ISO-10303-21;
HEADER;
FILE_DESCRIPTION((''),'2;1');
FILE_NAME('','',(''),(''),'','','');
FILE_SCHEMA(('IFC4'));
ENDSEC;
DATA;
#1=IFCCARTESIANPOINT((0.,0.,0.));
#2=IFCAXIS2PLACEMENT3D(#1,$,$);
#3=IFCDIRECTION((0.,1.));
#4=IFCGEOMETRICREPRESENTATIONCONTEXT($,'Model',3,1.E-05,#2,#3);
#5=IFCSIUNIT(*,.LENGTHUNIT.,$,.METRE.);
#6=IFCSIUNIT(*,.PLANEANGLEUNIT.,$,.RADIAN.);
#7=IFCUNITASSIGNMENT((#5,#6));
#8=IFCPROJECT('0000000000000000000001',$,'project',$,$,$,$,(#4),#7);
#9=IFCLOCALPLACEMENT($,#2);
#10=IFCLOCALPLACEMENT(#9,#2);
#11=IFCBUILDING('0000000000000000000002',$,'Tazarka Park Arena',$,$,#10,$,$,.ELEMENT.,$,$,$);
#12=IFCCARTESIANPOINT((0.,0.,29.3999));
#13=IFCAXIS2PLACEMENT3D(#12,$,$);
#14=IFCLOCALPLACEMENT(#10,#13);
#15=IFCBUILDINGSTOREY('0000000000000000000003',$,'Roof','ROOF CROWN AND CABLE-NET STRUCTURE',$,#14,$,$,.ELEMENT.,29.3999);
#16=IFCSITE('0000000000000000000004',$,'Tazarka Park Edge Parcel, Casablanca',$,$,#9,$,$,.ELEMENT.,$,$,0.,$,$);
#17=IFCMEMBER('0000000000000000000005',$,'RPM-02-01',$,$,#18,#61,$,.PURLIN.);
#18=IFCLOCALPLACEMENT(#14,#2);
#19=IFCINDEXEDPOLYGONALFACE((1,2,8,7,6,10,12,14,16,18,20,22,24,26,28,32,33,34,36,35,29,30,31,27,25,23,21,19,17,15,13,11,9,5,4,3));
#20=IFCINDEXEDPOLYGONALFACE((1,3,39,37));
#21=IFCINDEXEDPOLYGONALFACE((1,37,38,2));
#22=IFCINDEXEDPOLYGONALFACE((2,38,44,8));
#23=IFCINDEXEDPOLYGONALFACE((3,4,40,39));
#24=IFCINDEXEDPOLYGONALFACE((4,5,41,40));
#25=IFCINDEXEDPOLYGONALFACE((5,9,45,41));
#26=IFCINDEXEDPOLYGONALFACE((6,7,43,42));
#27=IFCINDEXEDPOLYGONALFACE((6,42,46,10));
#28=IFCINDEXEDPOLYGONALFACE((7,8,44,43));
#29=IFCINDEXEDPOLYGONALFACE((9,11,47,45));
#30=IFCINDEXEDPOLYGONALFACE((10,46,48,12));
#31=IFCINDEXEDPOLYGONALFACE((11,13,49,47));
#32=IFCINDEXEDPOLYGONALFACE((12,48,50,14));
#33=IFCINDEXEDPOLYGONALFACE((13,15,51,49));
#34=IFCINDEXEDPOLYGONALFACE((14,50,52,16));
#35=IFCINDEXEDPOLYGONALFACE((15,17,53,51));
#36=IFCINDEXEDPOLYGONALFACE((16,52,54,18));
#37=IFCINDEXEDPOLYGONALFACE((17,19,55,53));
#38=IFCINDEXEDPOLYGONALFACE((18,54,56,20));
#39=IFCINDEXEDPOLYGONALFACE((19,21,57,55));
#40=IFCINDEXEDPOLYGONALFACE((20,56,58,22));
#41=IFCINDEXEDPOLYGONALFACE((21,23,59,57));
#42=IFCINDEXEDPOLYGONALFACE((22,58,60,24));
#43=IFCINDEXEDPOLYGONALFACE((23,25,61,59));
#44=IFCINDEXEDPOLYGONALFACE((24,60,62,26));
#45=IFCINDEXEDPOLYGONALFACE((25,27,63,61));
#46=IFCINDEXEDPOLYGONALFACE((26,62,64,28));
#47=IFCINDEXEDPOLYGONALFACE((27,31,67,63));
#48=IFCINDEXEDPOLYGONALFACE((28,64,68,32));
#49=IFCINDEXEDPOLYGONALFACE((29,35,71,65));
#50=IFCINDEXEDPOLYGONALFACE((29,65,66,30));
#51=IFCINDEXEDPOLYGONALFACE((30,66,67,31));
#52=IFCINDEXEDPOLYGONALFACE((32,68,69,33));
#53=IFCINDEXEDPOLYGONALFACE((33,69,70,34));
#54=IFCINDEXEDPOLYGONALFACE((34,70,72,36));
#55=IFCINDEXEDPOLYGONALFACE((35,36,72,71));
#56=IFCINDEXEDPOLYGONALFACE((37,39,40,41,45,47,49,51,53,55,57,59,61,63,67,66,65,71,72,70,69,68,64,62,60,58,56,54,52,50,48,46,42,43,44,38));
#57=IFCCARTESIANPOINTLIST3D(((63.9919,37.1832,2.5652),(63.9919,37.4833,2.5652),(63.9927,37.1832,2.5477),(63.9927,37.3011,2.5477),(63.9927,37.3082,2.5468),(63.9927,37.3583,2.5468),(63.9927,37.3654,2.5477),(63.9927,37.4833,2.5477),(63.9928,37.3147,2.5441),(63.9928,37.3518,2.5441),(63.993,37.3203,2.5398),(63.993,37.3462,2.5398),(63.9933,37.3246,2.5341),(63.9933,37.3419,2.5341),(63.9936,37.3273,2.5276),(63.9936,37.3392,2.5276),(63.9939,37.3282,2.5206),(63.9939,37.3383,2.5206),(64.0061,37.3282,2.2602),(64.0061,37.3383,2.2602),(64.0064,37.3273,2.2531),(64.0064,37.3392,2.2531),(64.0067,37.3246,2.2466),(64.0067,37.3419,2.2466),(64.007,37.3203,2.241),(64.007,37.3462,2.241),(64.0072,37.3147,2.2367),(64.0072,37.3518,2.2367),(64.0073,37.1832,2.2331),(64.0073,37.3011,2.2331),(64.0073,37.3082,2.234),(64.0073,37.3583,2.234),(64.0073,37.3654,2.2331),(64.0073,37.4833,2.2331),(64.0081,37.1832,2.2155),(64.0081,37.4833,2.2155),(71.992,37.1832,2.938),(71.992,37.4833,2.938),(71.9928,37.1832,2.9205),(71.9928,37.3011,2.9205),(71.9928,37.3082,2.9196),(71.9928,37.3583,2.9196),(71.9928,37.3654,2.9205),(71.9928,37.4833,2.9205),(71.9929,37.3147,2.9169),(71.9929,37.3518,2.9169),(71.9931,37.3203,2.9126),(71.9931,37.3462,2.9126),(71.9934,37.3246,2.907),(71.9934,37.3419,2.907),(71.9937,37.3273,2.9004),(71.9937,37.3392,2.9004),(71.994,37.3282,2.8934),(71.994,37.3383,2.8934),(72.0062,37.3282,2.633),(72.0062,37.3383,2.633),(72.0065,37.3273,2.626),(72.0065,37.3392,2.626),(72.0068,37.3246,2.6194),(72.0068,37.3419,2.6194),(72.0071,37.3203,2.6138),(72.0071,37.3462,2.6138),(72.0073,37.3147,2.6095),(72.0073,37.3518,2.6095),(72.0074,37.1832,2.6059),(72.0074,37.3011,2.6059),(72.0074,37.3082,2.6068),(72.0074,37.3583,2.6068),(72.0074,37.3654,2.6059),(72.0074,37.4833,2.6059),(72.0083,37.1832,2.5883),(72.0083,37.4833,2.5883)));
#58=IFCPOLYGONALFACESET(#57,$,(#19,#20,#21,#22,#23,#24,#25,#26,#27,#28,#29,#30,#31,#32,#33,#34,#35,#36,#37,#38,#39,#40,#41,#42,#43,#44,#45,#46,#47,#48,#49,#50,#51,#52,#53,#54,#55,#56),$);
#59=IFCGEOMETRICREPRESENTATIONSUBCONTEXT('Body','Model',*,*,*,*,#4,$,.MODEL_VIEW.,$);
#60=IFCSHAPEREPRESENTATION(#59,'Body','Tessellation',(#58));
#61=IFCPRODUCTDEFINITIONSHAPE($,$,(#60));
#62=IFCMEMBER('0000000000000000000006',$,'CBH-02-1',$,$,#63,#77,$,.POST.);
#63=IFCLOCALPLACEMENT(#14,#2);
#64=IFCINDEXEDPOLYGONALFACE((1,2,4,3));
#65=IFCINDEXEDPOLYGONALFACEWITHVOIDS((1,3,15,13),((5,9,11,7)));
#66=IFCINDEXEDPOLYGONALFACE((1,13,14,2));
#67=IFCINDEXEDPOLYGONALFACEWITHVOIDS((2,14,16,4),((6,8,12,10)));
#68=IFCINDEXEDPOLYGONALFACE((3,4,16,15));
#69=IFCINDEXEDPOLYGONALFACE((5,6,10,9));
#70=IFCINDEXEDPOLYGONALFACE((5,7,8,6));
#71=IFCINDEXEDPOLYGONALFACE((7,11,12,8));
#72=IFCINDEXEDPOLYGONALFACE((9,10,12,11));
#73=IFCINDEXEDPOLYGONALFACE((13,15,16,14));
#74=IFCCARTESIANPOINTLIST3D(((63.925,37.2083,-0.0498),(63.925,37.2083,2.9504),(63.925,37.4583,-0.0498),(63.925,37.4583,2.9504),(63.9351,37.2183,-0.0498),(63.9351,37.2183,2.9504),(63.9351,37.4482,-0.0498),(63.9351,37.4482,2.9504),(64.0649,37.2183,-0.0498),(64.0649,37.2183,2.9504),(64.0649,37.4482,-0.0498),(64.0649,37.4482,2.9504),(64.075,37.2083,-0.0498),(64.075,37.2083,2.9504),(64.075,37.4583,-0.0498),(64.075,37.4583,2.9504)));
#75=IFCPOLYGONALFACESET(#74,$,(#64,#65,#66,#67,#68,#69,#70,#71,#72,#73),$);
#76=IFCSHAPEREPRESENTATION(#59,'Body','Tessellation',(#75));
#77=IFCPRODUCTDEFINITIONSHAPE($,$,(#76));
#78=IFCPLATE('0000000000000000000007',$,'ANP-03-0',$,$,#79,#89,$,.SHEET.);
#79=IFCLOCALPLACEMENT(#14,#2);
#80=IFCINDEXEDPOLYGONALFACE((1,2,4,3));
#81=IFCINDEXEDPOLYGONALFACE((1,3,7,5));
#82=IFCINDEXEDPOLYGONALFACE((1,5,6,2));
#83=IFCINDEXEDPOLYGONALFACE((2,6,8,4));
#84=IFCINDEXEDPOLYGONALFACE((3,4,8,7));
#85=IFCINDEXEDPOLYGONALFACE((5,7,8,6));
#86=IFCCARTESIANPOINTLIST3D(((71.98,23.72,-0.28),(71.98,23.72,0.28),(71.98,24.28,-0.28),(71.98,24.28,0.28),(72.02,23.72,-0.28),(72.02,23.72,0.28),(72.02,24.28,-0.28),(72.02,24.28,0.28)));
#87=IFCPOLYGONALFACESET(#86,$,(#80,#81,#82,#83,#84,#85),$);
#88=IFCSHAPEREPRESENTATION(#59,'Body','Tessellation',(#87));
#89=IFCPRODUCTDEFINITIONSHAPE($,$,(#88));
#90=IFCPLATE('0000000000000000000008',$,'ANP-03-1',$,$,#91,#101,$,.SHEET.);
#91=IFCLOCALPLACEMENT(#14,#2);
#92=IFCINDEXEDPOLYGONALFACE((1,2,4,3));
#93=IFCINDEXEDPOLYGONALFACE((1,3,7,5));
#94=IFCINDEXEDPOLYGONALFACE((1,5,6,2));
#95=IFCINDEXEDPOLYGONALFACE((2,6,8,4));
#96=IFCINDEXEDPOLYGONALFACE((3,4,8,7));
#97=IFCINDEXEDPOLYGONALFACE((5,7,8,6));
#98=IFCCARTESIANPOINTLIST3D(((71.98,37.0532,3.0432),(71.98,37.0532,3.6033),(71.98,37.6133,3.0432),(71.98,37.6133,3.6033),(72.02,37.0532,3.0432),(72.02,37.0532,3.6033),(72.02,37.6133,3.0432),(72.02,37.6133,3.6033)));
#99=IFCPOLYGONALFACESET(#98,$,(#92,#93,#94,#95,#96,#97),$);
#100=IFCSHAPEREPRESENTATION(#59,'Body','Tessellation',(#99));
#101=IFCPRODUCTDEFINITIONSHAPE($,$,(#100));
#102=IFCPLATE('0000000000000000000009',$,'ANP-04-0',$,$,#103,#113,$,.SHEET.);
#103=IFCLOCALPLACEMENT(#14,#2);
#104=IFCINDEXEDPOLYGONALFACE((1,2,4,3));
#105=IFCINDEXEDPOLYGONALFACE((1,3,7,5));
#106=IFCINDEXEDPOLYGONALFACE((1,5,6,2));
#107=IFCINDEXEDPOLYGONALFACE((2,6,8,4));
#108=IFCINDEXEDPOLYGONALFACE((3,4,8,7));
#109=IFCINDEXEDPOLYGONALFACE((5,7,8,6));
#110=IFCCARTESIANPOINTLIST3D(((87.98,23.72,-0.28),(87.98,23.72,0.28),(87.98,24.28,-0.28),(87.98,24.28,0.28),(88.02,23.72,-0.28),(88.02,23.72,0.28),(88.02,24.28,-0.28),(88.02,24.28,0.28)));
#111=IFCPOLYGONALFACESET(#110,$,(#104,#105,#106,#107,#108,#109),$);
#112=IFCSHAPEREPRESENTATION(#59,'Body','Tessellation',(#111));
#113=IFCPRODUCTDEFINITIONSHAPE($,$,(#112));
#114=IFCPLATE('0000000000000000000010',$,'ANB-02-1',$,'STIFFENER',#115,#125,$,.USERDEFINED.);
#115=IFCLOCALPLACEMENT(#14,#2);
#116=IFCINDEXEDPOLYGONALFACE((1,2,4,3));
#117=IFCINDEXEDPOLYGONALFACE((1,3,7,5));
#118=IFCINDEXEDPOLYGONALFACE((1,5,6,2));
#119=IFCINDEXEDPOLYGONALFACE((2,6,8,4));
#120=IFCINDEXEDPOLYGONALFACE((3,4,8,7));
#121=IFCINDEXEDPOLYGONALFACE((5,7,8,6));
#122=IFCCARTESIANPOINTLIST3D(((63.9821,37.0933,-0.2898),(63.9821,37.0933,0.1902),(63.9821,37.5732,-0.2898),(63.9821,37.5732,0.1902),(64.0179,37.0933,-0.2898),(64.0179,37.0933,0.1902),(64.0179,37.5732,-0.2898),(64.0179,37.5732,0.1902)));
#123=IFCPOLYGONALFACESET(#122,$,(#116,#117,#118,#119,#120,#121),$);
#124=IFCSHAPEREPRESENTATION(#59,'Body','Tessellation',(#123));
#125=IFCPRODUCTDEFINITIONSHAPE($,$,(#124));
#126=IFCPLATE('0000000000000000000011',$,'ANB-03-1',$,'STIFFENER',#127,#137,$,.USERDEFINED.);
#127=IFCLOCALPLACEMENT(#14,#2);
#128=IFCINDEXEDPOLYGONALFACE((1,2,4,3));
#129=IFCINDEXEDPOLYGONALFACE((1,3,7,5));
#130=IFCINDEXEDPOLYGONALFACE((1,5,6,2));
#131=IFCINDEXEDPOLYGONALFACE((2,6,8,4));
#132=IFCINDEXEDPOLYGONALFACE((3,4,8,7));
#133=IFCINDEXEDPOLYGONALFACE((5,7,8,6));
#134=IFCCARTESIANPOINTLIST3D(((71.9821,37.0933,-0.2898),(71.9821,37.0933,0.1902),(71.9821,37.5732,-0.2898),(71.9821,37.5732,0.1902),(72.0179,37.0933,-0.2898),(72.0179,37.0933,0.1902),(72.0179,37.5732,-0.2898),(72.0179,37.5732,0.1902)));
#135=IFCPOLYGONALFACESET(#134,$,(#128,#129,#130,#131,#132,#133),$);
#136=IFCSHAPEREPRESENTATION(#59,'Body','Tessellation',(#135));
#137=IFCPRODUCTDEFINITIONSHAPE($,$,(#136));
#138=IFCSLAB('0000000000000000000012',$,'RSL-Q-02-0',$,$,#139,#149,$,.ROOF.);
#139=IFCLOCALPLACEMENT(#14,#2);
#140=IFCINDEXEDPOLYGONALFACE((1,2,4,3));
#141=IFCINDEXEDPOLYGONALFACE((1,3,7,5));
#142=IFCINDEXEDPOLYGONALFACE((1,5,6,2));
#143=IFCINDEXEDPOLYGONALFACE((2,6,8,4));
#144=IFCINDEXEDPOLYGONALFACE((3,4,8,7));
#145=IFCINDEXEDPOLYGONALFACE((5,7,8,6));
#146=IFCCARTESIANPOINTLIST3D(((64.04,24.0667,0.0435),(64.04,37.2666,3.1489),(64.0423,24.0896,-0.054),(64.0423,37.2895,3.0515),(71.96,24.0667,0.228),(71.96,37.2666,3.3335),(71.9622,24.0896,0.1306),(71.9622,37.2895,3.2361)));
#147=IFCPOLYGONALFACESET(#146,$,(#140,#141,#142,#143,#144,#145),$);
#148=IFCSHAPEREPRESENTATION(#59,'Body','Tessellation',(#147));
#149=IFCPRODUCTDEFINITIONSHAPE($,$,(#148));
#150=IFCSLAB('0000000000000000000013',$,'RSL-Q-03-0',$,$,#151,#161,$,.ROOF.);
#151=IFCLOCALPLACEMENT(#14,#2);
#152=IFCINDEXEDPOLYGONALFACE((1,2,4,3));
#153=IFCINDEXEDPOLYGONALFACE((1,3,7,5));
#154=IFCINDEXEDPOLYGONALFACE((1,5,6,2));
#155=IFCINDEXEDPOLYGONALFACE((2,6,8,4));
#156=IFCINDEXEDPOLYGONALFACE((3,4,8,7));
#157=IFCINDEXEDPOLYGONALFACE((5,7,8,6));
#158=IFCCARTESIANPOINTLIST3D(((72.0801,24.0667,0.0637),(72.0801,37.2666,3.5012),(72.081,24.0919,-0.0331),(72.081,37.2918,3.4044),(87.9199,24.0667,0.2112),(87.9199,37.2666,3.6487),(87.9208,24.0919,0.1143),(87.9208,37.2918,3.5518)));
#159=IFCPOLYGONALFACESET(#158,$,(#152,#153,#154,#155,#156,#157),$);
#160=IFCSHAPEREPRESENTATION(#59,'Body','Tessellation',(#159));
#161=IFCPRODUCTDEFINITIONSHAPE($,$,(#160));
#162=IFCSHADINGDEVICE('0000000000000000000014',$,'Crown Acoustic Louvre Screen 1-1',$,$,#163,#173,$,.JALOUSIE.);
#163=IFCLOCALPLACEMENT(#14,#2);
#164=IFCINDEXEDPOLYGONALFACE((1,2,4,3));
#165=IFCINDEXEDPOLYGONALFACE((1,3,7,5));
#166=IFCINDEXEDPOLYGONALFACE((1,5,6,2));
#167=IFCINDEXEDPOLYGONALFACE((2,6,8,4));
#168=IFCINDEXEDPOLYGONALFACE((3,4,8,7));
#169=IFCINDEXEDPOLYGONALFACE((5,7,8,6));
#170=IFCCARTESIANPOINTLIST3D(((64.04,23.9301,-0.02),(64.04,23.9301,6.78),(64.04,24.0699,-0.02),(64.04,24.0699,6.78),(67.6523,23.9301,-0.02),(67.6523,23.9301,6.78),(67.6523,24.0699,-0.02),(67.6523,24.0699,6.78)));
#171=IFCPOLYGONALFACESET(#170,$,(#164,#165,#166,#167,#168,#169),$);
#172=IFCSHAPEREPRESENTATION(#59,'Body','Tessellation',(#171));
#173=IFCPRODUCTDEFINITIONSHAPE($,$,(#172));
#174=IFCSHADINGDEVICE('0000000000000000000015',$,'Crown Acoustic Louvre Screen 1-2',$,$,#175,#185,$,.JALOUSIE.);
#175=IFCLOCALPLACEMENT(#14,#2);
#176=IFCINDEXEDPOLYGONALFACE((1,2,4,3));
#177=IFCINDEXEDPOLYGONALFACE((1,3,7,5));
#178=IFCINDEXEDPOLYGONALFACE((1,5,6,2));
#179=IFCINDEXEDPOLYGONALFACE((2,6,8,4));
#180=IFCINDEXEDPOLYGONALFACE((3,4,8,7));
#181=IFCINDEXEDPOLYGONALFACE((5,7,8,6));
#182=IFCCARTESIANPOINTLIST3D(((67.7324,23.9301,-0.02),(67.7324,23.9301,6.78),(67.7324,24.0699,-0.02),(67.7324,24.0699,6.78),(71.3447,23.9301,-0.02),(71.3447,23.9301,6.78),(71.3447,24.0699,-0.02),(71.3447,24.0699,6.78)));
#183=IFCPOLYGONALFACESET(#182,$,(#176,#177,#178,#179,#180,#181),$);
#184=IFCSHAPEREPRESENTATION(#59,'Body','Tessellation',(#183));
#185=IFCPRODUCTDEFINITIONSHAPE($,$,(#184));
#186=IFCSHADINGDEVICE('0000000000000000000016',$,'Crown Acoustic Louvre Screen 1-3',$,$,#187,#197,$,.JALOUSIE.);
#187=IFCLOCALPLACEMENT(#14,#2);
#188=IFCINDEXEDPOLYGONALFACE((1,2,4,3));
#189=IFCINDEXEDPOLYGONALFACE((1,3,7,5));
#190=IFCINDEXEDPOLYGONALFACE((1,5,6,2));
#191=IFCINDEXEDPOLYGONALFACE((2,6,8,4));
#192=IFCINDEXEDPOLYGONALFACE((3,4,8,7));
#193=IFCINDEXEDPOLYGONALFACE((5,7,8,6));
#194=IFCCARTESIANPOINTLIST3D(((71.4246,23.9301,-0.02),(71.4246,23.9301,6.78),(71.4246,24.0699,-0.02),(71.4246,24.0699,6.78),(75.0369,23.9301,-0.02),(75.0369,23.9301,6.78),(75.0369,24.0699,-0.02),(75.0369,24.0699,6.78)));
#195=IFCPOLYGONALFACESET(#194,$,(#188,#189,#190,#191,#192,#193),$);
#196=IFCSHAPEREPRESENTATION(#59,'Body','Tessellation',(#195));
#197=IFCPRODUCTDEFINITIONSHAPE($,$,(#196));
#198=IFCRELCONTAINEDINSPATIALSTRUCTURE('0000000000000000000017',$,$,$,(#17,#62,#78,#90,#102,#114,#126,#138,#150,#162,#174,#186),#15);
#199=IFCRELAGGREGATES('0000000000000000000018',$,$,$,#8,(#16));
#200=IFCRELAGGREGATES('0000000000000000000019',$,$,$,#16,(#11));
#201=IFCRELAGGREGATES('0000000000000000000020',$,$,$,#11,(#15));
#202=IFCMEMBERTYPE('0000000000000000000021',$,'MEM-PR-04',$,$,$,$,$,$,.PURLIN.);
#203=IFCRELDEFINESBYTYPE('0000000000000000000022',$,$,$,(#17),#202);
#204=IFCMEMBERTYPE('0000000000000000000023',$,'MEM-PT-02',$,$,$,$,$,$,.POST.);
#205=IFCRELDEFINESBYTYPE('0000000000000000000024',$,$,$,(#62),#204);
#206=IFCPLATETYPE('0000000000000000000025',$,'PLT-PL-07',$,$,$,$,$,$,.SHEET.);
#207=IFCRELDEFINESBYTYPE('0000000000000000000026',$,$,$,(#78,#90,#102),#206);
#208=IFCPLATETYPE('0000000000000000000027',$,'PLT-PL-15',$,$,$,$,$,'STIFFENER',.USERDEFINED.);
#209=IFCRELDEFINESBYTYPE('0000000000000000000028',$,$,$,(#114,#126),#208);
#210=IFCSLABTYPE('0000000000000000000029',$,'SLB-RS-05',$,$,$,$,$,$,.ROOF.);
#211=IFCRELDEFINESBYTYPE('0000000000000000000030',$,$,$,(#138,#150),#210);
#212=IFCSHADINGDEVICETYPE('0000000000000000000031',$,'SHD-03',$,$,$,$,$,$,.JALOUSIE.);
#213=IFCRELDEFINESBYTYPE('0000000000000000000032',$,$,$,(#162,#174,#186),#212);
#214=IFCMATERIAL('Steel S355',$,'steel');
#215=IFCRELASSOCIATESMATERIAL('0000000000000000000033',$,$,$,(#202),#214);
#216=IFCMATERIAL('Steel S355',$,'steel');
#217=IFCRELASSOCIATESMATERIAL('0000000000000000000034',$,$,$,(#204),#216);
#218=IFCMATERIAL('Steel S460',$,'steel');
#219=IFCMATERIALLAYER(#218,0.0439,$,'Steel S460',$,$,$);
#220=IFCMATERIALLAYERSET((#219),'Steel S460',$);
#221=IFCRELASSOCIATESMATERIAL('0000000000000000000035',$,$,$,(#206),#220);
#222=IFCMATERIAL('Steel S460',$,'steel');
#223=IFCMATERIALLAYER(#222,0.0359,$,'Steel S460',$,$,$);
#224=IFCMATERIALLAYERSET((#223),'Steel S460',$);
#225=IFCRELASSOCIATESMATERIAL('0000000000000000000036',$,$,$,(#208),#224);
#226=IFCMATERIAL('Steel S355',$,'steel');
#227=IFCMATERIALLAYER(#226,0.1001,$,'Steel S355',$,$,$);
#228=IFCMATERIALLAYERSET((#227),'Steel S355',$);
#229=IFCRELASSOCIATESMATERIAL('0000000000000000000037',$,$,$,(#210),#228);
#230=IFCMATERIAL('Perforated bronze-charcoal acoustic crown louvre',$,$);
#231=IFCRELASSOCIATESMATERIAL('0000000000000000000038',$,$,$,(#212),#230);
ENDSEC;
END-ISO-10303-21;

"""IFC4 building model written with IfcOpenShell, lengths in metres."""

from ifc_helpers import new_model, si_unit, direction, frame, origin, origin_2d, place, context, subcontext, project, spatial, polyline, rectangle, hollow_rectangle, i_section, outline, extrude, material, layer, layer_set, material_profile, profile_set, type_object, element, save


model = new_model("IFC4")

# Units and contexts
model_context = context("Model", 3, precision=1e-05, world=origin(), true_north=direction((0.0, 1.0)))
body_context = subcontext(model_context, "Body", "Model", "MODEL_VIEW")
ifc_project = project(units=[si_unit("LENGTHUNIT", "METRE"), si_unit("PLANEANGLEUNIT", "RADIAN")], contexts=[model_context])

# Site, building, storey
site_placement = place(None, origin())
site = spatial("IfcSite", under=ifc_project, at=site_placement, Name="Tazarka Park Edge Parcel, Casablanca", CompositionType="ELEMENT", RefElevation=0.0)
building_placement = place(site_placement, origin())
building = spatial("IfcBuilding", under=site, at=building_placement, Name="Tazarka Park Arena", CompositionType="ELEMENT")
storey_placement = place(building_placement, frame((0.0, 0.0, 29.3999)))
storey = spatial("IfcBuildingStorey", under=building, at=storey_placement, Name="Roof", Description="ROOF CROWN AND CABLE-NET STRUCTURE", CompositionType="ELEMENT", Elevation=29.3999)

# Members
ifc_material_1 = material(Name="Steel S355", Category="steel")
ifc_material_profile_1 = material_profile(ifc_material_1, i_section(OverallWidth=0.3, OverallDepth=0.3501, WebThickness=0.01, FlangeThickness=0.0176, FilletRadius=0.0271, at=origin_2d()), Name="Steel S355")
ifc_profile_set_1 = profile_set([ifc_material_profile_1], Name="Steel S355")
member_type_1 = type_object("IfcMemberType", Name="MEM-PR-04", PredefinedType="PURLIN", material=ifc_profile_set_1)
member_1_placement = place(storey_placement, frame((64.0, 37.3333, 2.3904), z_axis=(0.998916, 0.0, 0.04655), x_axis=(0.0, 1.0, 0.0)))
element("IfcMember", 1, at=member_1_placement, inside=storey, type_object=member_type_1, Name="RPM-02-01", PredefinedType="PURLIN", context=body_context, shape_type="SweptSolid", body=[
    extrude(i_section(OverallWidth=0.3, OverallDepth=0.3501, WebThickness=0.01, FlangeThickness=0.0176, FilletRadius=0.0271, at=origin_2d()), origin(), (0.0, 0.0, 1.0), 8.0088),
])
ifc_material_2 = material(Name="Steel S355", Category="steel")
ifc_material_profile_2 = material_profile(ifc_material_2, hollow_rectangle(XDim=0.1499, YDim=0.25, WallThickness=0.01, at=origin_2d()), Name="Steel S355")
ifc_profile_set_2 = profile_set([ifc_material_profile_2], Name="Steel S355")
member_type_2 = type_object("IfcMemberType", Name="MEM-PT-02", PredefinedType="POST", material=ifc_profile_set_2)
member_2_placement = place(storey_placement, frame((64.0, 37.3333, -0.0498), z_axis=(0.0, 0.0, 1.0), x_axis=(1.0, 0.0, 0.0)))
element("IfcMember", 2, at=member_2_placement, inside=storey, type_object=member_type_2, Name="CBH-02-1", PredefinedType="POST", context=body_context, shape_type="SweptSolid", body=[
    extrude(hollow_rectangle(XDim=0.1499, YDim=0.25, WallThickness=0.01, at=origin_2d()), origin(), (0.0, 0.0, 1.0), 3.0002),
])

# Plates
ifc_material_3 = material(Name="Steel S460", Category="steel")
ifc_layer_1 = layer(ifc_material_3, 0.0439, Name="Steel S460")
ifc_layer_set_1 = layer_set([ifc_layer_1], Name="Steel S460")
plate_type_1 = type_object("IfcPlateType", Name="PLT-PL-07", PredefinedType="SHEET", material=ifc_layer_set_1)
for number, where, z_axis, x_axis, name in (
    (3, (72.0, 24.0, -0.28), (0.0, 0.0, 1.0), (1.0, 0.0, 0.0), "ANP-03-0"),
    (4, (72.0, 37.3333, 3.0432), (0.0, 0.0, 1.0), (1.0, 0.0, 0.0), "ANP-03-1"),
    (5, (88.0, 24.0, -0.28), (0.0, 0.0, 1.0), (1.0, 0.0, 0.0), "ANP-04-0"),
):
    element("IfcPlate", number, at=place(storey_placement, frame(where, z_axis=z_axis, x_axis=x_axis)), inside=storey, type_object=plate_type_1, Name=name, PredefinedType="SHEET", context=body_context, shape_type="SweptSolid", body=[
        extrude(rectangle(XDim=0.04, YDim=0.5601, at=origin_2d()), origin(), (0.0, 0.0, 1.0), 0.5601),
    ])
ifc_material_4 = material(Name="Steel S460", Category="steel")
ifc_layer_2 = layer(ifc_material_4, 0.0359, Name="Steel S460")
ifc_layer_set_2 = layer_set([ifc_layer_2], Name="Steel S460")
plate_type_2 = type_object("IfcPlateType", Name="PLT-PL-15", ElementType="STIFFENER", PredefinedType="USERDEFINED", material=ifc_layer_set_2)
for number, where, z_axis, x_axis, name in (
    (6, (64.0, 37.3333, -0.2898), (0.0, 0.0, 1.0), (1.0, 0.0, 0.0), "ANB-02-1"),
    (7, (72.0, 37.3333, -0.2898), (0.0, 0.0, 1.0), (1.0, 0.0, 0.0), "ANB-03-1"),
):
    element("IfcPlate", number, at=place(storey_placement, frame(where, z_axis=z_axis, x_axis=x_axis)), inside=storey, type_object=plate_type_2, Name=name, ObjectType="STIFFENER", PredefinedType="USERDEFINED", context=body_context, shape_type="SweptSolid", body=[
        extrude(rectangle(XDim=0.0359, YDim=0.48, at=origin_2d()), origin(), (0.0, 0.0, 1.0), 0.48),
    ])

# Slabs
ifc_material_5 = material(Name="Steel S355", Category="steel")
ifc_layer_3 = layer(ifc_material_5, 0.1001, Name="Steel S355")
ifc_layer_set_3 = layer_set([ifc_layer_3], Name="Steel S355")
slab_type = type_object("IfcSlabType", Name="SLB-RS-05", PredefinedType="ROOF", material=ifc_layer_set_3)
slab_1_placement = place(storey_placement, frame((64.04, 24.0667, 0.0435), z_axis=(-0.022679, -0.228952, 0.973173), x_axis=(0.999729, 0.0, 0.023298)))
element("IfcSlab", 8, at=slab_1_placement, inside=storey, type_object=slab_type, Name="RSL-Q-02-0", PredefinedType="ROOF", context=body_context, shape_type="SweptSolid", body=[
    extrude(outline(polyline([(0.0, 0.0), (7.9221, 0.0), (7.9944, 13.5601), (0.0724, 13.5601), (0.0, 0.0)])), origin(), (0.0, 0.0, -1.0), 0.1001),
])
slab_2_placement = place(storey_placement, frame((72.0801, 24.0667, 0.0637), z_axis=(-0.009009, -0.252002, 0.967685), x_axis=(0.999957, 0.0, 0.009309)))
element("IfcSlab", 9, at=slab_2_placement, inside=storey, type_object=slab_type, Name="RSL-Q-03-0", PredefinedType="ROOF", context=body_context, shape_type="SweptSolid", body=[
    extrude(outline(polyline([(0.0, 0.0), (15.8405, 0.0), (15.8725, 13.6402), (0.032, 13.6402), (0.0, 0.0)])), origin(), (0.0, 0.0, -1.0), 0.1001),
])

# Shading devices
ifc_material_6 = material(Name="Perforated bronze-charcoal acoustic crown louvre")
shading_device_type = type_object("IfcShadingDeviceType", Name="SHD-03", PredefinedType="JALOUSIE", material=ifc_material_6)
for number, where, z_axis, x_axis, name in (
    (10, (65.8462, 24.0, -0.02), (0.0, 0.0, 1.0), (1.0, 0.0, 0.0), "Crown Acoustic Louvre Screen 1-1"),
    (11, (69.5386, 24.0, -0.02), (0.0, 0.0, 1.0), (1.0, 0.0, 0.0), "Crown Acoustic Louvre Screen 1-2"),
    (12, (73.2307, 24.0, -0.02), (0.0, 0.0, 1.0), (1.0, 0.0, 0.0), "Crown Acoustic Louvre Screen 1-3"),
):
    element("IfcShadingDevice", number, at=place(storey_placement, frame(where, z_axis=z_axis, x_axis=x_axis)), inside=storey, type_object=shading_device_type, Name=name, PredefinedType="JALOUSIE", context=body_context, shape_type="SweptSolid", body=[
        extrude(rectangle(XDim=3.6123, YDim=0.1399, at=origin_2d()), origin(), (0.0, 0.0, 1.0), 6.8),
    ])

save(model, "model.ifc")
